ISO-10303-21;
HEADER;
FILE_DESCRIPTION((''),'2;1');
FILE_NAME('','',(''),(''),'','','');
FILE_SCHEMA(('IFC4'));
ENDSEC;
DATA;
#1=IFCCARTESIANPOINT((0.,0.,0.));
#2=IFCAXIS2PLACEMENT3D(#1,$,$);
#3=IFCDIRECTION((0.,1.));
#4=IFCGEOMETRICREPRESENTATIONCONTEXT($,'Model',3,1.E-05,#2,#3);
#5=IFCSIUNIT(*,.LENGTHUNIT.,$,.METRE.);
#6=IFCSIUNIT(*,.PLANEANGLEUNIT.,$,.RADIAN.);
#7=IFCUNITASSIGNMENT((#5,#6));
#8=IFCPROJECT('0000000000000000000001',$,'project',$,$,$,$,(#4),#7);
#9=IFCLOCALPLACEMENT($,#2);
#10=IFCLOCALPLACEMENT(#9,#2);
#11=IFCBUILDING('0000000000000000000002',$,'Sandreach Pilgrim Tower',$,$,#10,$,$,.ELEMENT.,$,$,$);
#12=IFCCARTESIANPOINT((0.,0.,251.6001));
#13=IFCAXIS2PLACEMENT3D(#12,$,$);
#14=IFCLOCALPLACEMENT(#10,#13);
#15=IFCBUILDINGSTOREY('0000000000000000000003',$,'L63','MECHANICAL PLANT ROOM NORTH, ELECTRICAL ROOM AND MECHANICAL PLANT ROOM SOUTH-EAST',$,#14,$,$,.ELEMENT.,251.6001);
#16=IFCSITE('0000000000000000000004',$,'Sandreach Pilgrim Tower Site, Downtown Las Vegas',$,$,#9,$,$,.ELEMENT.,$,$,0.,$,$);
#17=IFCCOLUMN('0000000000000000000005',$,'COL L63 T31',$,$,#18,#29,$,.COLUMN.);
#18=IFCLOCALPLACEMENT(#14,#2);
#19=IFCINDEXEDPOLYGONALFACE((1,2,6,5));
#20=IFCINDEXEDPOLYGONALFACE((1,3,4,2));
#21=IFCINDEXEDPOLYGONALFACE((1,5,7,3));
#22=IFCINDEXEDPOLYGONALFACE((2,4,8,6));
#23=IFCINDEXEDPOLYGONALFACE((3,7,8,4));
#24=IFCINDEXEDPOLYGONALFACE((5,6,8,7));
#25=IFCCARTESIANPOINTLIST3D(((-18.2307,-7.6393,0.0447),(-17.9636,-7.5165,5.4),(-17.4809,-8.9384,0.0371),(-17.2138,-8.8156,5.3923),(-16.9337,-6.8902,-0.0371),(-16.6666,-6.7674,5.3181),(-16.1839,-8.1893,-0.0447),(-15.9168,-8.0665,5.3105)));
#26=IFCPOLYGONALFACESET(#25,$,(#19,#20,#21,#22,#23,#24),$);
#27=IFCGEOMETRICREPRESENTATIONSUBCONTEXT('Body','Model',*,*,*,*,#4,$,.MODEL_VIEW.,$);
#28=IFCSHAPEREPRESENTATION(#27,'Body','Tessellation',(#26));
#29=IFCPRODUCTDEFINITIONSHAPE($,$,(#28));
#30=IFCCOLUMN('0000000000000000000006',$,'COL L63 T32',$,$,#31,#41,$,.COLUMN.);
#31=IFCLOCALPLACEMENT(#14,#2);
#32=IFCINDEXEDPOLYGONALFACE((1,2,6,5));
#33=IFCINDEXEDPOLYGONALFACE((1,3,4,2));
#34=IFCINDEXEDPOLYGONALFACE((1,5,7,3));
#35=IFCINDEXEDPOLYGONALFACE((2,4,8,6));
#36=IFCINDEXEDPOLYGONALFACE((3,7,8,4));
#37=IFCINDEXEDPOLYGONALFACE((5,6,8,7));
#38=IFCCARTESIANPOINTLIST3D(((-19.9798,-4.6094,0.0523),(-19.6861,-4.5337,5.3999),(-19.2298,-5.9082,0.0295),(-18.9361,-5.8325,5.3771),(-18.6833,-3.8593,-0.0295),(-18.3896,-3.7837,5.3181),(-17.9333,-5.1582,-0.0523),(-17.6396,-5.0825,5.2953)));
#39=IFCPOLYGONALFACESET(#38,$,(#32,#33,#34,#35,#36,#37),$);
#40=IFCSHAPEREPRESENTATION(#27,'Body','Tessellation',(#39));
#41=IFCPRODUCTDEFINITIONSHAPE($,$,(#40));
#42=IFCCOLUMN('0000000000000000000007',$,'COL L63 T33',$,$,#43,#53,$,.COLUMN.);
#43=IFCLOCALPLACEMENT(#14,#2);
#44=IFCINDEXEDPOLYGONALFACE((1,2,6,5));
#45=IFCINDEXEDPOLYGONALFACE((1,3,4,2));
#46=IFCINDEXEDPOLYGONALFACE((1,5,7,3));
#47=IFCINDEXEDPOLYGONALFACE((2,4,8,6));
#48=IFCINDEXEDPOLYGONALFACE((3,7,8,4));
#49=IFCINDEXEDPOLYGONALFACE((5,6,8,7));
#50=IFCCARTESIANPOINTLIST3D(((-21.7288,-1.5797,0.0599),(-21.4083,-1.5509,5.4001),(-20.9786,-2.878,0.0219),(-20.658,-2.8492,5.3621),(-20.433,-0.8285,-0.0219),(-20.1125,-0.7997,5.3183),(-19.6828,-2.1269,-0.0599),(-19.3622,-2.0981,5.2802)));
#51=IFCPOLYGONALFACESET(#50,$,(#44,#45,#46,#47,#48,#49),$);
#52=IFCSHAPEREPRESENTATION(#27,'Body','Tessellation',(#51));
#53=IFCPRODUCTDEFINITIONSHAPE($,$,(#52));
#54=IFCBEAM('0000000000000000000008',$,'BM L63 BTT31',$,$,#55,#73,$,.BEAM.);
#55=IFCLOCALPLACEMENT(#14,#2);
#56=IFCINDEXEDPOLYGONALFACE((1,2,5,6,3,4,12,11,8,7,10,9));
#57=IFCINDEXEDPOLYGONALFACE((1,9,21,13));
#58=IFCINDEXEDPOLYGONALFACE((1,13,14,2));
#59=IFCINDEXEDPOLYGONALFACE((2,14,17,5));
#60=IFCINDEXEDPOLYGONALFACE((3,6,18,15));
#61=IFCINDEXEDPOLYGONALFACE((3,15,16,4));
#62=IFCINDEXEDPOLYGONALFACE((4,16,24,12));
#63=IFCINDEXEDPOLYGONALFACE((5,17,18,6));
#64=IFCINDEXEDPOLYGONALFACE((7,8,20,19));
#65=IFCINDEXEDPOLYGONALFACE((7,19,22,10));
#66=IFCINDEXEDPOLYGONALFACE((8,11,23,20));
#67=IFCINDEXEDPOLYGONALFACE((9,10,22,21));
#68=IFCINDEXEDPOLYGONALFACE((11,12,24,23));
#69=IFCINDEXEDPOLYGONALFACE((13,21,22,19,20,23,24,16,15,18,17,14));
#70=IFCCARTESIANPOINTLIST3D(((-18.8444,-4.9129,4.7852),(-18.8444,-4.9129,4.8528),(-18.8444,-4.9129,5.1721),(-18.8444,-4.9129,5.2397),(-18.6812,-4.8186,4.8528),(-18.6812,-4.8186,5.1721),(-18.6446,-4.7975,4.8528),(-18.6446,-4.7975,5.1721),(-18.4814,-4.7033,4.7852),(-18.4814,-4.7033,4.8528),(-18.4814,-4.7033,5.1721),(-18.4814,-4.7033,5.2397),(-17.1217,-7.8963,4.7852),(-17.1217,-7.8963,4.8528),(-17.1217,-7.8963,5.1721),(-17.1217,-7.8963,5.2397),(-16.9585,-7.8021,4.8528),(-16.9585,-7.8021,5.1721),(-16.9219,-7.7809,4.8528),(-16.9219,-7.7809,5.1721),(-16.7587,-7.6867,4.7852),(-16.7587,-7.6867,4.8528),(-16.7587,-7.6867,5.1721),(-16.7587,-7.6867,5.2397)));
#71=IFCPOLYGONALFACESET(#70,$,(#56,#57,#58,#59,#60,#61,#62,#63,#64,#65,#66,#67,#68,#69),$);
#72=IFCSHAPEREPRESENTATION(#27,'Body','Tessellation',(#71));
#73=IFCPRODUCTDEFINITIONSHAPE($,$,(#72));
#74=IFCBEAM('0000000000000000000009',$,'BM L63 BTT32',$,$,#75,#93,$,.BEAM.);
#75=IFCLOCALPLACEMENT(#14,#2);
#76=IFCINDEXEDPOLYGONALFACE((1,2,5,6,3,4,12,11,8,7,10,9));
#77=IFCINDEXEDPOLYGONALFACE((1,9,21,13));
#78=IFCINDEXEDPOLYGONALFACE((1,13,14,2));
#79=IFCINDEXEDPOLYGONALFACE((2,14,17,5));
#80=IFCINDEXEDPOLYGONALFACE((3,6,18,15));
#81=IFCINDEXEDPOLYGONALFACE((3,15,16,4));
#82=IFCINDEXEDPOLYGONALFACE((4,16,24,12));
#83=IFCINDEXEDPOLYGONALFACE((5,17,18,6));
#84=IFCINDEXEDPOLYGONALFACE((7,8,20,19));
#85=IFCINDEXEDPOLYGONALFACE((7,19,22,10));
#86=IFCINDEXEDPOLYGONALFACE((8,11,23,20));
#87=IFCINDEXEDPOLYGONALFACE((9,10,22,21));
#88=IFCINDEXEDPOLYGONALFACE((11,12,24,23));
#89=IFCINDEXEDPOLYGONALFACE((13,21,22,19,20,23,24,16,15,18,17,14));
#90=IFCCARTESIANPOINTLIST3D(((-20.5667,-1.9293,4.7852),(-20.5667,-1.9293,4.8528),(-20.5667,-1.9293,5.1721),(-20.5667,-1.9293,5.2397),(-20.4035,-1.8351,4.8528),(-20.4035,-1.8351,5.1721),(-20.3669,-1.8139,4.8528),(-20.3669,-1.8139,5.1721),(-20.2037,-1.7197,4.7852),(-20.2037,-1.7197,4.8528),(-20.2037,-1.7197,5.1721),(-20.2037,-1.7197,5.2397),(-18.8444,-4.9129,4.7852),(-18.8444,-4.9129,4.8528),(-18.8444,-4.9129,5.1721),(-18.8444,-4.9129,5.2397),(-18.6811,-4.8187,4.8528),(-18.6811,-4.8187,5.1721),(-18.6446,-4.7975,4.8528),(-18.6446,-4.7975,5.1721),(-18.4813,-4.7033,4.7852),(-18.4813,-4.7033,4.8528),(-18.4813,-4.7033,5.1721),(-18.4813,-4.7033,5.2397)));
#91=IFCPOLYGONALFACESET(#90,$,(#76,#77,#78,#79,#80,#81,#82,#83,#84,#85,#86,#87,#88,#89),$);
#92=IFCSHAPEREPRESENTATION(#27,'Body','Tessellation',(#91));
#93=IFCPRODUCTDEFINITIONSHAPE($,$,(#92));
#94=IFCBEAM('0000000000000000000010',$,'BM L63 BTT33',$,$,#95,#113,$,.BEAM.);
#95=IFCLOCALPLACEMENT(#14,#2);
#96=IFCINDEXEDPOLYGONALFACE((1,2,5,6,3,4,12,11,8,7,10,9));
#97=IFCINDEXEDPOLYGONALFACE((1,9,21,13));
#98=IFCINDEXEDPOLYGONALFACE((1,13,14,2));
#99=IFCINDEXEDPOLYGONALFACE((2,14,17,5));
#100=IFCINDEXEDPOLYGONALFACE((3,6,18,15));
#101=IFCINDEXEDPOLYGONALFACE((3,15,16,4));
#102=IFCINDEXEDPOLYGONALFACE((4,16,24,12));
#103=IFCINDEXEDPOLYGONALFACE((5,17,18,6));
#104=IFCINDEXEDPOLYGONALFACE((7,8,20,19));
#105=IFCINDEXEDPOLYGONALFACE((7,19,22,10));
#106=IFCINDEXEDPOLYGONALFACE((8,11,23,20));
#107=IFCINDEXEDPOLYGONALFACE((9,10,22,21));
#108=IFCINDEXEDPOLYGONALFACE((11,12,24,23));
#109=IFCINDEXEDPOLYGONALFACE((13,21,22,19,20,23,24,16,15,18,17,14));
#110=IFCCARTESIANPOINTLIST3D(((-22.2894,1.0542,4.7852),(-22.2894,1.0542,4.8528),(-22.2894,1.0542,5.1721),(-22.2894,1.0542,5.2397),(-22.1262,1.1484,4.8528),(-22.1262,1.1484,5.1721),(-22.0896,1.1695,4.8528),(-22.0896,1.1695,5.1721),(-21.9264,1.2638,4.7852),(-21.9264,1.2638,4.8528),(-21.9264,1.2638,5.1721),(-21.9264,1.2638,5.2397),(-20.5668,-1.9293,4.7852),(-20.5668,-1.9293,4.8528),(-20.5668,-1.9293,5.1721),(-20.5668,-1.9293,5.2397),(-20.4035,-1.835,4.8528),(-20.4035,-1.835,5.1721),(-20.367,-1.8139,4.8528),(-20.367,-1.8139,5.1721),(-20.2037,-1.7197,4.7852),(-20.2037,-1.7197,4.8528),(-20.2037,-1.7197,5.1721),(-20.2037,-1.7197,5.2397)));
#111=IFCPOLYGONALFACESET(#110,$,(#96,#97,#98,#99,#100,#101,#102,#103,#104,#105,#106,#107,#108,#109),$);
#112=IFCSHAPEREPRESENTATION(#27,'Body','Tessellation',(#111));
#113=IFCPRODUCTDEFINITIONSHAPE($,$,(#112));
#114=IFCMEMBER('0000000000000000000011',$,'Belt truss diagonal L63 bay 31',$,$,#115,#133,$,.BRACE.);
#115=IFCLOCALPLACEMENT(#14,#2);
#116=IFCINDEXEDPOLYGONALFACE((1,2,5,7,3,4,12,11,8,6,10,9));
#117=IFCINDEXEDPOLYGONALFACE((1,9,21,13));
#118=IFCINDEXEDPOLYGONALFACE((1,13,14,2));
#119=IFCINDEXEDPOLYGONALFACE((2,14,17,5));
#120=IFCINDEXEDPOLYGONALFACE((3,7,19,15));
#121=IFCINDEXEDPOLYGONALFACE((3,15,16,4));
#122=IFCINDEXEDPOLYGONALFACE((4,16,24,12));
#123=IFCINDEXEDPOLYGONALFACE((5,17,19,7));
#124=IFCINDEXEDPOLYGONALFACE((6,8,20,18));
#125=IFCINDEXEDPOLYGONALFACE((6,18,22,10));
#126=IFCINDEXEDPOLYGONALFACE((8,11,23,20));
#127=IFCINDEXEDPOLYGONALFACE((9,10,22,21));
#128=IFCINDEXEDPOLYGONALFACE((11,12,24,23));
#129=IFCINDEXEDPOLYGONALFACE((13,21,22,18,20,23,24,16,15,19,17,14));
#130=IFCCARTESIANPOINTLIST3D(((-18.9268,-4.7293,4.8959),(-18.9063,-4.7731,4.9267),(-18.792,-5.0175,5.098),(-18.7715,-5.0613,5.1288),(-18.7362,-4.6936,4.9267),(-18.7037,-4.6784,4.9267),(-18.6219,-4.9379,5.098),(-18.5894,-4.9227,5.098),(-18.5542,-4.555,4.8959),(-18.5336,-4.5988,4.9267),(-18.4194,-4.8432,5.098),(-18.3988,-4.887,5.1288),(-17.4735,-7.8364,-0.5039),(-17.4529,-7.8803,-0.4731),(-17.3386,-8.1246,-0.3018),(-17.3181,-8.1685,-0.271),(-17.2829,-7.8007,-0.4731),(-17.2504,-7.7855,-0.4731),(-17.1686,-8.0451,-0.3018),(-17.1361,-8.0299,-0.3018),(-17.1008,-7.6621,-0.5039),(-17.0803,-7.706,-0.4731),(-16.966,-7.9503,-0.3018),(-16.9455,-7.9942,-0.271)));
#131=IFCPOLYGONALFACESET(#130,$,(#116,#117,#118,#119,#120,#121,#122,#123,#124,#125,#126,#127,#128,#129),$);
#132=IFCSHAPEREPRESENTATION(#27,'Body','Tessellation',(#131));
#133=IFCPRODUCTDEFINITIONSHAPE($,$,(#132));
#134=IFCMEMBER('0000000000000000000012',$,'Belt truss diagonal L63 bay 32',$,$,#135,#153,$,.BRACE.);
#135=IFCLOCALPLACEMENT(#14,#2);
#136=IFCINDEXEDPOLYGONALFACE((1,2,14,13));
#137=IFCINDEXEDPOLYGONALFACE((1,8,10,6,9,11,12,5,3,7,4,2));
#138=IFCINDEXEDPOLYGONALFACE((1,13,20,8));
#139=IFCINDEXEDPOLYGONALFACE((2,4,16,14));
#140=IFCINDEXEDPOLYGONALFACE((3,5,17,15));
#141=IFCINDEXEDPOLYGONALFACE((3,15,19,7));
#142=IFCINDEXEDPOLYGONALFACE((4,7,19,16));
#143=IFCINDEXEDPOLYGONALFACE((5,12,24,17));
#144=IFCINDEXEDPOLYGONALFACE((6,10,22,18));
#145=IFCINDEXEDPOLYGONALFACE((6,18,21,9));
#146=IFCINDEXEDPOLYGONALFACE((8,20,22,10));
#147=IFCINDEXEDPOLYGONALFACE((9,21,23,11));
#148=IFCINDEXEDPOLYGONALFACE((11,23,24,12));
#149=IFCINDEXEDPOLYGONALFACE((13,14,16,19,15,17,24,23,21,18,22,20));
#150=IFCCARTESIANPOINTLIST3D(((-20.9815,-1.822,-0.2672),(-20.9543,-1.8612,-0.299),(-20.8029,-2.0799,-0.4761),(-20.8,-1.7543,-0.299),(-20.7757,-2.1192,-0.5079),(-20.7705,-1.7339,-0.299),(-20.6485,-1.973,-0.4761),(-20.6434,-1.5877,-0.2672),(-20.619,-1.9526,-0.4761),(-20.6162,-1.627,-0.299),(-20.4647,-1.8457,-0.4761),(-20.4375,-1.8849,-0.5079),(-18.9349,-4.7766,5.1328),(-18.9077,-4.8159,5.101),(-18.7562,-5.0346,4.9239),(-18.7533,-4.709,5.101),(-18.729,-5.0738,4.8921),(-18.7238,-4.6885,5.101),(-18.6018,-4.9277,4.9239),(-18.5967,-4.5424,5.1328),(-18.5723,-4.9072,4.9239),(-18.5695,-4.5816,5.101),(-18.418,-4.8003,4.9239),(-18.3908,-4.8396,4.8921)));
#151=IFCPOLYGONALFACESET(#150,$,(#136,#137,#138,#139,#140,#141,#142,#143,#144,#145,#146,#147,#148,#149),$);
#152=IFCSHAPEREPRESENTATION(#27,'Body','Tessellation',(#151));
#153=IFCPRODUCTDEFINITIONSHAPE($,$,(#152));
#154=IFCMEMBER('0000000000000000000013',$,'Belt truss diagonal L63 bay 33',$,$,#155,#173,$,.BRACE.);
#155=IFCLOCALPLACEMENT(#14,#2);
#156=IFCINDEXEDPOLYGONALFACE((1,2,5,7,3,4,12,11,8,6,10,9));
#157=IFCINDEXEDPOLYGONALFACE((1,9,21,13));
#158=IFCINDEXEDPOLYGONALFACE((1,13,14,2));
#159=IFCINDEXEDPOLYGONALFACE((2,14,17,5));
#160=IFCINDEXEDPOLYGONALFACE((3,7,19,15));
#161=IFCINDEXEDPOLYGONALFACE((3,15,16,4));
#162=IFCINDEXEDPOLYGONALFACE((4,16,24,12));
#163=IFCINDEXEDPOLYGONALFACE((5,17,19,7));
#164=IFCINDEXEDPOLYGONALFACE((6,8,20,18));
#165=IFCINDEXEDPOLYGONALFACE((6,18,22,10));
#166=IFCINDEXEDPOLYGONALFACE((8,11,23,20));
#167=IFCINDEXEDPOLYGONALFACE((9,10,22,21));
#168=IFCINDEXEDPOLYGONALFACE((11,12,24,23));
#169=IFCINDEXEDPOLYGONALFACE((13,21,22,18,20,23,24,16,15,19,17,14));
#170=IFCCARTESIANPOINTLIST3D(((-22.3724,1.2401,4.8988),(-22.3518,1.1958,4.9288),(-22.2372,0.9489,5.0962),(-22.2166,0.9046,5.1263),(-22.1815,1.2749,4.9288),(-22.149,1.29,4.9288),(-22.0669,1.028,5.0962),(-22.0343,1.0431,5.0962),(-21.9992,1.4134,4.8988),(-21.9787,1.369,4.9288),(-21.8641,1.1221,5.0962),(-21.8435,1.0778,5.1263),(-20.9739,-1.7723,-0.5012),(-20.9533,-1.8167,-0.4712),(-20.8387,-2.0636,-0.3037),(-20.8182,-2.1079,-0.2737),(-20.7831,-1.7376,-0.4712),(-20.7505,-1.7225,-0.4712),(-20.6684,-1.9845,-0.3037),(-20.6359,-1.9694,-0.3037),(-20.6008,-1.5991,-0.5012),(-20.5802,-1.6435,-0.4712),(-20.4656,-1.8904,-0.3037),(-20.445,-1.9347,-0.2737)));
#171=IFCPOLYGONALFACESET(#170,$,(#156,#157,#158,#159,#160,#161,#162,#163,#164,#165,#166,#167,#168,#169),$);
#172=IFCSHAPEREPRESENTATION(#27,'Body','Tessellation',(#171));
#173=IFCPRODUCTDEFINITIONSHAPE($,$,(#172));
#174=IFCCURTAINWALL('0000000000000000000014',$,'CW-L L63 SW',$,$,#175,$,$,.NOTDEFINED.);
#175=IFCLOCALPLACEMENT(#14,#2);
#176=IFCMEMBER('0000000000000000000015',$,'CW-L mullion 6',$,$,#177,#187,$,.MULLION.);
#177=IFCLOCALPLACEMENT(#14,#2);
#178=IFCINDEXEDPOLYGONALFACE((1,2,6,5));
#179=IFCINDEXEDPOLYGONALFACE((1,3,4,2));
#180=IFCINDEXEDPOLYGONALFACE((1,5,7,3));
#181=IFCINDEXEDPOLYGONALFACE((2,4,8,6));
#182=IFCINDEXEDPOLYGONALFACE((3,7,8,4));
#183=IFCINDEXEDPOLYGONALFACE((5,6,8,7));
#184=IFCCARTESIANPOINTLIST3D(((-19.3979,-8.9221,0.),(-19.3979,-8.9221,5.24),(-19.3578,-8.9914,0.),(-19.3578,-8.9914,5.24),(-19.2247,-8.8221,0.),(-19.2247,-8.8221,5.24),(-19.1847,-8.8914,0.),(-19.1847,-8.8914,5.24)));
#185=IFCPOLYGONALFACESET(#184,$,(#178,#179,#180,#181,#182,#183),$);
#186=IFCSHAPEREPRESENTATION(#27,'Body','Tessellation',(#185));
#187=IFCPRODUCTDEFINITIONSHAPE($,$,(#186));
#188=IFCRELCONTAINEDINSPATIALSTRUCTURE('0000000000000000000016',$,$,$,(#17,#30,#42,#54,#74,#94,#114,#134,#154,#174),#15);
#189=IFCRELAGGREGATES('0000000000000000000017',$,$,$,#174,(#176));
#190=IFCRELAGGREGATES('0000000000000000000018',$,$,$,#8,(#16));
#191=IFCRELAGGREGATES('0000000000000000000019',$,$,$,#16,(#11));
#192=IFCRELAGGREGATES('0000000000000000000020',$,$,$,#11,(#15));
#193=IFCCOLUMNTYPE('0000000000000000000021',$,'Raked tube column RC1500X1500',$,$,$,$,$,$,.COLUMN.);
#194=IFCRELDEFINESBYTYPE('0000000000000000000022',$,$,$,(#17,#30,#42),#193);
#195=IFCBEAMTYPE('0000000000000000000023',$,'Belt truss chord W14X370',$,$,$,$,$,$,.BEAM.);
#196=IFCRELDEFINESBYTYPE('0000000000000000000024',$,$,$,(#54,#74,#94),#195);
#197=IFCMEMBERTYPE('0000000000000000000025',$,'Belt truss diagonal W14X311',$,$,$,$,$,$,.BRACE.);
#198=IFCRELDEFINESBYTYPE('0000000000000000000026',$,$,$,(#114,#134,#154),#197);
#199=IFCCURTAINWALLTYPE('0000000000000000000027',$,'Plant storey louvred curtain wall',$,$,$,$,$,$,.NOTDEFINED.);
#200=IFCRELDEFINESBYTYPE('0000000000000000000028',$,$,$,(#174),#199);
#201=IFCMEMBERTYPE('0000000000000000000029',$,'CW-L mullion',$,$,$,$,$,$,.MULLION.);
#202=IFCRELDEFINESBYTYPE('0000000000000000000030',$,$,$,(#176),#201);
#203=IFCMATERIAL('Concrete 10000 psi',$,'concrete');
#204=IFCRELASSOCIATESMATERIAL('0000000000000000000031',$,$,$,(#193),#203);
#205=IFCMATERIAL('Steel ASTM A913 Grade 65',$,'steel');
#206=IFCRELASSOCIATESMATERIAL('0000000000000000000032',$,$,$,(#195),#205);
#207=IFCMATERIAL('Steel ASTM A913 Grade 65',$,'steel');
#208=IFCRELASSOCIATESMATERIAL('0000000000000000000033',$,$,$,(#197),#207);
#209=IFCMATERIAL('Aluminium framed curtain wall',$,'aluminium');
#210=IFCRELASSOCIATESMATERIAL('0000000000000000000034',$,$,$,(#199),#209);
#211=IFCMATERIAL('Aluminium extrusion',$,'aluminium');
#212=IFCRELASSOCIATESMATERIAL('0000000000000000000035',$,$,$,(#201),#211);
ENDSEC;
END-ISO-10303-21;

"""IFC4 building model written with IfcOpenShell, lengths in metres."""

from ifc_helpers import new_model, si_unit, direction, frame, origin, origin_2d, place, context, subcontext, project, spatial, rectangle, i_section, extrude, material, material_profile, profile_set, type_object, element, aggregate, save


model = new_model("IFC4")

# Units and contexts
model_context = context("Model", 3, precision=1e-05, world=origin(), true_north=direction((0.0, 1.0)))
body_context = subcontext(model_context, "Body", "Model", "MODEL_VIEW")
ifc_project = project(units=[si_unit("LENGTHUNIT", "METRE"), si_unit("PLANEANGLEUNIT", "RADIAN")], contexts=[model_context])

# Site, building, storey
site_placement = place(None, origin())
site = spatial("IfcSite", under=ifc_project, at=site_placement, Name="Sandreach Pilgrim Tower Site, Downtown Las Vegas", CompositionType="ELEMENT", RefElevation=0.0)
building_placement = place(site_placement, origin())
building = spatial("IfcBuilding", under=site, at=building_placement, Name="Sandreach Pilgrim Tower", CompositionType="ELEMENT")
storey_placement = place(building_placement, frame((0.0, 0.0, 251.6001)))
storey = spatial("IfcBuildingStorey", under=building, at=storey_placement, Name="L63", Description="MECHANICAL PLANT ROOM NORTH, ELECTRICAL ROOM AND MECHANICAL PLANT ROOM SOUTH-EAST", CompositionType="ELEMENT", Elevation=251.6001)

# Columns
ifc_material_1 = material(Name="Concrete 10000 psi", Category="concrete")
ifc_material_profile_1 = material_profile(ifc_material_1, rectangle(XDim=1.5, YDim=1.5, at=origin_2d()), Name="RC1500X1500")
ifc_profile_set_1 = profile_set([ifc_material_profile_1], Name="Concrete 10000 psi")
column_type = type_object("IfcColumnType", Name="Raked tube column RC1500X1500", PredefinedType="COLUMN", material=ifc_profile_set_1)
column_1_placement = place(storey_placement, frame((-17.2073, -7.9143, 0.0), z_axis=(0.0498, 0.022897, 0.998497), x_axis=(-0.864661, -0.499382, 0.054576)))
element("IfcColumn", 1, at=column_1_placement, inside=storey, type_object=column_type, Name="COL L63 T31", PredefinedType="COLUMN", context=body_context, shape_type="SweptSolid", body=[
    extrude(rectangle(XDim=1.5, YDim=1.5, at=origin_2d()), origin(), (0.0, 0.0, 1.0), 5.3633),
])
column_2_placement = place(storey_placement, frame((-18.9565, -4.8838, 0.0), z_axis=(0.054833, 0.01413, 0.998396), x_axis=(-0.864291, -0.500026, 0.054545)))
element("IfcColumn", 2, at=column_2_placement, inside=storey, type_object=column_type, Name="COL L63 T32", PredefinedType="COLUMN", context=body_context, shape_type="SweptSolid", body=[
    extrude(rectangle(XDim=1.5, YDim=1.5, at=origin_2d()), origin(), (0.0, 0.0, 1.0), 5.3562),
])
column_3_placement = place(storey_placement, frame((-20.7058, -1.8533, 0.0), z_axis=(0.05992, 0.005385, 0.998189), x_axis=(-0.86386, -0.500769, 0.054558)))
element("IfcColumn", 3, at=column_3_placement, inside=storey, type_object=column_type, Name="COL L63 T33", PredefinedType="COLUMN", context=body_context, shape_type="SweptSolid", body=[
    extrude(rectangle(XDim=1.5, YDim=1.5, at=origin_2d()), origin(), (0.0, 0.0, 1.0), 5.3499),
])

# Beams
ifc_material_2 = material(Name="Steel ASTM A913 Grade 65", Category="steel")
ifc_material_profile_2 = material_profile(ifc_material_2, i_section(OverallWidth=0.4192, OverallDepth=0.4546, WebThickness=0.0422, FlangeThickness=0.0676, at=origin_2d()), Name="W14X370")
ifc_profile_set_2 = profile_set([ifc_material_profile_2], Name="Steel ASTM A913 Grade 65")
beam_type_1 = type_object("IfcBeamType", Name="Belt truss chord W14X370", PredefinedType="BEAM", material=ifc_profile_set_2)
for number, where, z_axis, x_axis, name in (
    (4, (-16.9402, -7.7915, 5.0125), (-0.500041, 0.866001, 0.0), (-0.866001, -0.500041, 0.0), "BM L63 BTT31"),
    (5, (-18.6628, -4.8081, 5.0125), (-0.499958, 0.86605, 0.0), (-0.86605, -0.499958, 0.0), "BM L63 BTT32"),
    (6, (-20.3853, -1.8245, 5.0125), (-0.500041, 0.866001, 0.0), (-0.866001, -0.500041, 0.0), "BM L63 BTT33"),
):
    element("IfcBeam", number, at=place(storey_placement, frame(where, z_axis=z_axis, x_axis=x_axis)), inside=storey, type_object=beam_type_1, Name=name, PredefinedType="BEAM", context=body_context, shape_type="SweptSolid", body=[
        extrude(i_section(OverallWidth=0.4192, OverallDepth=0.4546, WebThickness=0.0422, FlangeThickness=0.0676, at=origin_2d()), origin(), (0.0, 0.0, 1.0), 3.4451),
    ])

# Members
ifc_material_3 = material(Name="Steel ASTM A913 Grade 65", Category="steel")
ifc_material_profile_3 = material_profile(ifc_material_3, i_section(OverallWidth=0.4114, OverallDepth=0.4343, WebThickness=0.0359, FlangeThickness=0.0574, at=origin_2d()), Name="W14X311")
ifc_profile_set_3 = profile_set([ifc_material_profile_3], Name="Steel ASTM A913 Grade 65")
member_type_1 = type_object("IfcMemberType", Name="Belt truss diagonal W14X311", PredefinedType="BRACE", material=ifc_profile_set_3)
member_1_placement = place(storey_placement, frame((-17.2095, -7.9153, -0.3875), z_axis=(-0.227184, 0.485699, 0.844087), x_axis=(-0.905808, -0.423688, 0.0)))
element("IfcMember", 7, at=member_1_placement, inside=storey, type_object=member_type_1, Name="Belt truss diagonal L63 bay 31", PredefinedType="BRACE", context=body_context, shape_type="SweptSolid", body=[
    extrude(i_section(OverallWidth=0.4114, OverallDepth=0.4343, WebThickness=0.0359, FlangeThickness=0.0574, at=origin_2d()), origin(), (0.0, 0.0, 1.0), 6.3972),
])
member_2_placement = place(storey_placement, frame((-18.6628, -4.8081, 5.0125), z_axis=(-0.315512, 0.455484, -0.832458), x_axis=(-0.822043, -0.569425, 0.0)))
element("IfcMember", 8, at=member_2_placement, inside=storey, type_object=member_type_1, Name="Belt truss diagonal L63 bay 32", PredefinedType="BRACE", context=body_context, shape_type="SweptSolid", body=[
    extrude(i_section(OverallWidth=0.4114, OverallDepth=0.4343, WebThickness=0.0359, FlangeThickness=0.0574, at=origin_2d()), origin(), (0.0, 0.0, 1.0), 6.4868),
])
member_3_placement = place(storey_placement, frame((-20.7095, -1.8535, -0.3875), z_axis=(-0.220591, 0.475186, 0.851785), x_axis=(-0.907032, -0.421062, 0.0)))
element("IfcMember", 9, at=member_3_placement, inside=storey, type_object=member_type_1, Name="Belt truss diagonal L63 bay 33", PredefinedType="BRACE", context=body_context, shape_type="SweptSolid", body=[
    extrude(i_section(OverallWidth=0.4114, OverallDepth=0.4343, WebThickness=0.0359, FlangeThickness=0.0574, at=origin_2d()), origin(), (0.0, 0.0, 1.0), 6.3396),
])

# Curtain wall, member
ifc_material_4 = material(Name="Aluminium framed curtain wall", Category="aluminium")
curtain_wall_type = type_object("IfcCurtainWallType", Name="Plant storey louvred curtain wall", PredefinedType="NOTDEFINED", material=ifc_material_4)
curtain_wall_placement = place(storey_placement, origin())
curtain_wall = element("IfcCurtainWall", 10, at=curtain_wall_placement, inside=storey, type_object=curtain_wall_type, Name="CW-L L63 SW", PredefinedType="NOTDEFINED")
ifc_material_5 = material(Name="Aluminium extrusion", Category="aluminium")
ifc_material_profile_4 = material_profile(ifc_material_5, rectangle(XDim=0.0801, YDim=0.2, at=origin_2d()), Name="CW-LM 80X200")
ifc_profile_set_4 = profile_set([ifc_material_profile_4], Name="Aluminium extrusion")
member_type_2 = type_object("IfcMemberType", Name="CW-L mullion", PredefinedType="MULLION", material=ifc_profile_set_4)
member_4_placement = place(storey_placement, frame((-19.2913, -8.9067, 0.0), z_axis=(0.0, 0.0, 1.0), x_axis=(-0.5, 0.866025, 0.0)))
member_4 = element("IfcMember", 11, at=member_4_placement, type_object=member_type_2, Name="CW-L mullion 6", PredefinedType="MULLION", context=body_context, shape_type="SweptSolid", body=[
    extrude(rectangle(XDim=0.0801, YDim=0.2, at=origin_2d()), origin(), (0.0, 0.0, 1.0), 5.24),
])

aggregate(curtain_wall, [member_4])

save(model, "model.ifc")
